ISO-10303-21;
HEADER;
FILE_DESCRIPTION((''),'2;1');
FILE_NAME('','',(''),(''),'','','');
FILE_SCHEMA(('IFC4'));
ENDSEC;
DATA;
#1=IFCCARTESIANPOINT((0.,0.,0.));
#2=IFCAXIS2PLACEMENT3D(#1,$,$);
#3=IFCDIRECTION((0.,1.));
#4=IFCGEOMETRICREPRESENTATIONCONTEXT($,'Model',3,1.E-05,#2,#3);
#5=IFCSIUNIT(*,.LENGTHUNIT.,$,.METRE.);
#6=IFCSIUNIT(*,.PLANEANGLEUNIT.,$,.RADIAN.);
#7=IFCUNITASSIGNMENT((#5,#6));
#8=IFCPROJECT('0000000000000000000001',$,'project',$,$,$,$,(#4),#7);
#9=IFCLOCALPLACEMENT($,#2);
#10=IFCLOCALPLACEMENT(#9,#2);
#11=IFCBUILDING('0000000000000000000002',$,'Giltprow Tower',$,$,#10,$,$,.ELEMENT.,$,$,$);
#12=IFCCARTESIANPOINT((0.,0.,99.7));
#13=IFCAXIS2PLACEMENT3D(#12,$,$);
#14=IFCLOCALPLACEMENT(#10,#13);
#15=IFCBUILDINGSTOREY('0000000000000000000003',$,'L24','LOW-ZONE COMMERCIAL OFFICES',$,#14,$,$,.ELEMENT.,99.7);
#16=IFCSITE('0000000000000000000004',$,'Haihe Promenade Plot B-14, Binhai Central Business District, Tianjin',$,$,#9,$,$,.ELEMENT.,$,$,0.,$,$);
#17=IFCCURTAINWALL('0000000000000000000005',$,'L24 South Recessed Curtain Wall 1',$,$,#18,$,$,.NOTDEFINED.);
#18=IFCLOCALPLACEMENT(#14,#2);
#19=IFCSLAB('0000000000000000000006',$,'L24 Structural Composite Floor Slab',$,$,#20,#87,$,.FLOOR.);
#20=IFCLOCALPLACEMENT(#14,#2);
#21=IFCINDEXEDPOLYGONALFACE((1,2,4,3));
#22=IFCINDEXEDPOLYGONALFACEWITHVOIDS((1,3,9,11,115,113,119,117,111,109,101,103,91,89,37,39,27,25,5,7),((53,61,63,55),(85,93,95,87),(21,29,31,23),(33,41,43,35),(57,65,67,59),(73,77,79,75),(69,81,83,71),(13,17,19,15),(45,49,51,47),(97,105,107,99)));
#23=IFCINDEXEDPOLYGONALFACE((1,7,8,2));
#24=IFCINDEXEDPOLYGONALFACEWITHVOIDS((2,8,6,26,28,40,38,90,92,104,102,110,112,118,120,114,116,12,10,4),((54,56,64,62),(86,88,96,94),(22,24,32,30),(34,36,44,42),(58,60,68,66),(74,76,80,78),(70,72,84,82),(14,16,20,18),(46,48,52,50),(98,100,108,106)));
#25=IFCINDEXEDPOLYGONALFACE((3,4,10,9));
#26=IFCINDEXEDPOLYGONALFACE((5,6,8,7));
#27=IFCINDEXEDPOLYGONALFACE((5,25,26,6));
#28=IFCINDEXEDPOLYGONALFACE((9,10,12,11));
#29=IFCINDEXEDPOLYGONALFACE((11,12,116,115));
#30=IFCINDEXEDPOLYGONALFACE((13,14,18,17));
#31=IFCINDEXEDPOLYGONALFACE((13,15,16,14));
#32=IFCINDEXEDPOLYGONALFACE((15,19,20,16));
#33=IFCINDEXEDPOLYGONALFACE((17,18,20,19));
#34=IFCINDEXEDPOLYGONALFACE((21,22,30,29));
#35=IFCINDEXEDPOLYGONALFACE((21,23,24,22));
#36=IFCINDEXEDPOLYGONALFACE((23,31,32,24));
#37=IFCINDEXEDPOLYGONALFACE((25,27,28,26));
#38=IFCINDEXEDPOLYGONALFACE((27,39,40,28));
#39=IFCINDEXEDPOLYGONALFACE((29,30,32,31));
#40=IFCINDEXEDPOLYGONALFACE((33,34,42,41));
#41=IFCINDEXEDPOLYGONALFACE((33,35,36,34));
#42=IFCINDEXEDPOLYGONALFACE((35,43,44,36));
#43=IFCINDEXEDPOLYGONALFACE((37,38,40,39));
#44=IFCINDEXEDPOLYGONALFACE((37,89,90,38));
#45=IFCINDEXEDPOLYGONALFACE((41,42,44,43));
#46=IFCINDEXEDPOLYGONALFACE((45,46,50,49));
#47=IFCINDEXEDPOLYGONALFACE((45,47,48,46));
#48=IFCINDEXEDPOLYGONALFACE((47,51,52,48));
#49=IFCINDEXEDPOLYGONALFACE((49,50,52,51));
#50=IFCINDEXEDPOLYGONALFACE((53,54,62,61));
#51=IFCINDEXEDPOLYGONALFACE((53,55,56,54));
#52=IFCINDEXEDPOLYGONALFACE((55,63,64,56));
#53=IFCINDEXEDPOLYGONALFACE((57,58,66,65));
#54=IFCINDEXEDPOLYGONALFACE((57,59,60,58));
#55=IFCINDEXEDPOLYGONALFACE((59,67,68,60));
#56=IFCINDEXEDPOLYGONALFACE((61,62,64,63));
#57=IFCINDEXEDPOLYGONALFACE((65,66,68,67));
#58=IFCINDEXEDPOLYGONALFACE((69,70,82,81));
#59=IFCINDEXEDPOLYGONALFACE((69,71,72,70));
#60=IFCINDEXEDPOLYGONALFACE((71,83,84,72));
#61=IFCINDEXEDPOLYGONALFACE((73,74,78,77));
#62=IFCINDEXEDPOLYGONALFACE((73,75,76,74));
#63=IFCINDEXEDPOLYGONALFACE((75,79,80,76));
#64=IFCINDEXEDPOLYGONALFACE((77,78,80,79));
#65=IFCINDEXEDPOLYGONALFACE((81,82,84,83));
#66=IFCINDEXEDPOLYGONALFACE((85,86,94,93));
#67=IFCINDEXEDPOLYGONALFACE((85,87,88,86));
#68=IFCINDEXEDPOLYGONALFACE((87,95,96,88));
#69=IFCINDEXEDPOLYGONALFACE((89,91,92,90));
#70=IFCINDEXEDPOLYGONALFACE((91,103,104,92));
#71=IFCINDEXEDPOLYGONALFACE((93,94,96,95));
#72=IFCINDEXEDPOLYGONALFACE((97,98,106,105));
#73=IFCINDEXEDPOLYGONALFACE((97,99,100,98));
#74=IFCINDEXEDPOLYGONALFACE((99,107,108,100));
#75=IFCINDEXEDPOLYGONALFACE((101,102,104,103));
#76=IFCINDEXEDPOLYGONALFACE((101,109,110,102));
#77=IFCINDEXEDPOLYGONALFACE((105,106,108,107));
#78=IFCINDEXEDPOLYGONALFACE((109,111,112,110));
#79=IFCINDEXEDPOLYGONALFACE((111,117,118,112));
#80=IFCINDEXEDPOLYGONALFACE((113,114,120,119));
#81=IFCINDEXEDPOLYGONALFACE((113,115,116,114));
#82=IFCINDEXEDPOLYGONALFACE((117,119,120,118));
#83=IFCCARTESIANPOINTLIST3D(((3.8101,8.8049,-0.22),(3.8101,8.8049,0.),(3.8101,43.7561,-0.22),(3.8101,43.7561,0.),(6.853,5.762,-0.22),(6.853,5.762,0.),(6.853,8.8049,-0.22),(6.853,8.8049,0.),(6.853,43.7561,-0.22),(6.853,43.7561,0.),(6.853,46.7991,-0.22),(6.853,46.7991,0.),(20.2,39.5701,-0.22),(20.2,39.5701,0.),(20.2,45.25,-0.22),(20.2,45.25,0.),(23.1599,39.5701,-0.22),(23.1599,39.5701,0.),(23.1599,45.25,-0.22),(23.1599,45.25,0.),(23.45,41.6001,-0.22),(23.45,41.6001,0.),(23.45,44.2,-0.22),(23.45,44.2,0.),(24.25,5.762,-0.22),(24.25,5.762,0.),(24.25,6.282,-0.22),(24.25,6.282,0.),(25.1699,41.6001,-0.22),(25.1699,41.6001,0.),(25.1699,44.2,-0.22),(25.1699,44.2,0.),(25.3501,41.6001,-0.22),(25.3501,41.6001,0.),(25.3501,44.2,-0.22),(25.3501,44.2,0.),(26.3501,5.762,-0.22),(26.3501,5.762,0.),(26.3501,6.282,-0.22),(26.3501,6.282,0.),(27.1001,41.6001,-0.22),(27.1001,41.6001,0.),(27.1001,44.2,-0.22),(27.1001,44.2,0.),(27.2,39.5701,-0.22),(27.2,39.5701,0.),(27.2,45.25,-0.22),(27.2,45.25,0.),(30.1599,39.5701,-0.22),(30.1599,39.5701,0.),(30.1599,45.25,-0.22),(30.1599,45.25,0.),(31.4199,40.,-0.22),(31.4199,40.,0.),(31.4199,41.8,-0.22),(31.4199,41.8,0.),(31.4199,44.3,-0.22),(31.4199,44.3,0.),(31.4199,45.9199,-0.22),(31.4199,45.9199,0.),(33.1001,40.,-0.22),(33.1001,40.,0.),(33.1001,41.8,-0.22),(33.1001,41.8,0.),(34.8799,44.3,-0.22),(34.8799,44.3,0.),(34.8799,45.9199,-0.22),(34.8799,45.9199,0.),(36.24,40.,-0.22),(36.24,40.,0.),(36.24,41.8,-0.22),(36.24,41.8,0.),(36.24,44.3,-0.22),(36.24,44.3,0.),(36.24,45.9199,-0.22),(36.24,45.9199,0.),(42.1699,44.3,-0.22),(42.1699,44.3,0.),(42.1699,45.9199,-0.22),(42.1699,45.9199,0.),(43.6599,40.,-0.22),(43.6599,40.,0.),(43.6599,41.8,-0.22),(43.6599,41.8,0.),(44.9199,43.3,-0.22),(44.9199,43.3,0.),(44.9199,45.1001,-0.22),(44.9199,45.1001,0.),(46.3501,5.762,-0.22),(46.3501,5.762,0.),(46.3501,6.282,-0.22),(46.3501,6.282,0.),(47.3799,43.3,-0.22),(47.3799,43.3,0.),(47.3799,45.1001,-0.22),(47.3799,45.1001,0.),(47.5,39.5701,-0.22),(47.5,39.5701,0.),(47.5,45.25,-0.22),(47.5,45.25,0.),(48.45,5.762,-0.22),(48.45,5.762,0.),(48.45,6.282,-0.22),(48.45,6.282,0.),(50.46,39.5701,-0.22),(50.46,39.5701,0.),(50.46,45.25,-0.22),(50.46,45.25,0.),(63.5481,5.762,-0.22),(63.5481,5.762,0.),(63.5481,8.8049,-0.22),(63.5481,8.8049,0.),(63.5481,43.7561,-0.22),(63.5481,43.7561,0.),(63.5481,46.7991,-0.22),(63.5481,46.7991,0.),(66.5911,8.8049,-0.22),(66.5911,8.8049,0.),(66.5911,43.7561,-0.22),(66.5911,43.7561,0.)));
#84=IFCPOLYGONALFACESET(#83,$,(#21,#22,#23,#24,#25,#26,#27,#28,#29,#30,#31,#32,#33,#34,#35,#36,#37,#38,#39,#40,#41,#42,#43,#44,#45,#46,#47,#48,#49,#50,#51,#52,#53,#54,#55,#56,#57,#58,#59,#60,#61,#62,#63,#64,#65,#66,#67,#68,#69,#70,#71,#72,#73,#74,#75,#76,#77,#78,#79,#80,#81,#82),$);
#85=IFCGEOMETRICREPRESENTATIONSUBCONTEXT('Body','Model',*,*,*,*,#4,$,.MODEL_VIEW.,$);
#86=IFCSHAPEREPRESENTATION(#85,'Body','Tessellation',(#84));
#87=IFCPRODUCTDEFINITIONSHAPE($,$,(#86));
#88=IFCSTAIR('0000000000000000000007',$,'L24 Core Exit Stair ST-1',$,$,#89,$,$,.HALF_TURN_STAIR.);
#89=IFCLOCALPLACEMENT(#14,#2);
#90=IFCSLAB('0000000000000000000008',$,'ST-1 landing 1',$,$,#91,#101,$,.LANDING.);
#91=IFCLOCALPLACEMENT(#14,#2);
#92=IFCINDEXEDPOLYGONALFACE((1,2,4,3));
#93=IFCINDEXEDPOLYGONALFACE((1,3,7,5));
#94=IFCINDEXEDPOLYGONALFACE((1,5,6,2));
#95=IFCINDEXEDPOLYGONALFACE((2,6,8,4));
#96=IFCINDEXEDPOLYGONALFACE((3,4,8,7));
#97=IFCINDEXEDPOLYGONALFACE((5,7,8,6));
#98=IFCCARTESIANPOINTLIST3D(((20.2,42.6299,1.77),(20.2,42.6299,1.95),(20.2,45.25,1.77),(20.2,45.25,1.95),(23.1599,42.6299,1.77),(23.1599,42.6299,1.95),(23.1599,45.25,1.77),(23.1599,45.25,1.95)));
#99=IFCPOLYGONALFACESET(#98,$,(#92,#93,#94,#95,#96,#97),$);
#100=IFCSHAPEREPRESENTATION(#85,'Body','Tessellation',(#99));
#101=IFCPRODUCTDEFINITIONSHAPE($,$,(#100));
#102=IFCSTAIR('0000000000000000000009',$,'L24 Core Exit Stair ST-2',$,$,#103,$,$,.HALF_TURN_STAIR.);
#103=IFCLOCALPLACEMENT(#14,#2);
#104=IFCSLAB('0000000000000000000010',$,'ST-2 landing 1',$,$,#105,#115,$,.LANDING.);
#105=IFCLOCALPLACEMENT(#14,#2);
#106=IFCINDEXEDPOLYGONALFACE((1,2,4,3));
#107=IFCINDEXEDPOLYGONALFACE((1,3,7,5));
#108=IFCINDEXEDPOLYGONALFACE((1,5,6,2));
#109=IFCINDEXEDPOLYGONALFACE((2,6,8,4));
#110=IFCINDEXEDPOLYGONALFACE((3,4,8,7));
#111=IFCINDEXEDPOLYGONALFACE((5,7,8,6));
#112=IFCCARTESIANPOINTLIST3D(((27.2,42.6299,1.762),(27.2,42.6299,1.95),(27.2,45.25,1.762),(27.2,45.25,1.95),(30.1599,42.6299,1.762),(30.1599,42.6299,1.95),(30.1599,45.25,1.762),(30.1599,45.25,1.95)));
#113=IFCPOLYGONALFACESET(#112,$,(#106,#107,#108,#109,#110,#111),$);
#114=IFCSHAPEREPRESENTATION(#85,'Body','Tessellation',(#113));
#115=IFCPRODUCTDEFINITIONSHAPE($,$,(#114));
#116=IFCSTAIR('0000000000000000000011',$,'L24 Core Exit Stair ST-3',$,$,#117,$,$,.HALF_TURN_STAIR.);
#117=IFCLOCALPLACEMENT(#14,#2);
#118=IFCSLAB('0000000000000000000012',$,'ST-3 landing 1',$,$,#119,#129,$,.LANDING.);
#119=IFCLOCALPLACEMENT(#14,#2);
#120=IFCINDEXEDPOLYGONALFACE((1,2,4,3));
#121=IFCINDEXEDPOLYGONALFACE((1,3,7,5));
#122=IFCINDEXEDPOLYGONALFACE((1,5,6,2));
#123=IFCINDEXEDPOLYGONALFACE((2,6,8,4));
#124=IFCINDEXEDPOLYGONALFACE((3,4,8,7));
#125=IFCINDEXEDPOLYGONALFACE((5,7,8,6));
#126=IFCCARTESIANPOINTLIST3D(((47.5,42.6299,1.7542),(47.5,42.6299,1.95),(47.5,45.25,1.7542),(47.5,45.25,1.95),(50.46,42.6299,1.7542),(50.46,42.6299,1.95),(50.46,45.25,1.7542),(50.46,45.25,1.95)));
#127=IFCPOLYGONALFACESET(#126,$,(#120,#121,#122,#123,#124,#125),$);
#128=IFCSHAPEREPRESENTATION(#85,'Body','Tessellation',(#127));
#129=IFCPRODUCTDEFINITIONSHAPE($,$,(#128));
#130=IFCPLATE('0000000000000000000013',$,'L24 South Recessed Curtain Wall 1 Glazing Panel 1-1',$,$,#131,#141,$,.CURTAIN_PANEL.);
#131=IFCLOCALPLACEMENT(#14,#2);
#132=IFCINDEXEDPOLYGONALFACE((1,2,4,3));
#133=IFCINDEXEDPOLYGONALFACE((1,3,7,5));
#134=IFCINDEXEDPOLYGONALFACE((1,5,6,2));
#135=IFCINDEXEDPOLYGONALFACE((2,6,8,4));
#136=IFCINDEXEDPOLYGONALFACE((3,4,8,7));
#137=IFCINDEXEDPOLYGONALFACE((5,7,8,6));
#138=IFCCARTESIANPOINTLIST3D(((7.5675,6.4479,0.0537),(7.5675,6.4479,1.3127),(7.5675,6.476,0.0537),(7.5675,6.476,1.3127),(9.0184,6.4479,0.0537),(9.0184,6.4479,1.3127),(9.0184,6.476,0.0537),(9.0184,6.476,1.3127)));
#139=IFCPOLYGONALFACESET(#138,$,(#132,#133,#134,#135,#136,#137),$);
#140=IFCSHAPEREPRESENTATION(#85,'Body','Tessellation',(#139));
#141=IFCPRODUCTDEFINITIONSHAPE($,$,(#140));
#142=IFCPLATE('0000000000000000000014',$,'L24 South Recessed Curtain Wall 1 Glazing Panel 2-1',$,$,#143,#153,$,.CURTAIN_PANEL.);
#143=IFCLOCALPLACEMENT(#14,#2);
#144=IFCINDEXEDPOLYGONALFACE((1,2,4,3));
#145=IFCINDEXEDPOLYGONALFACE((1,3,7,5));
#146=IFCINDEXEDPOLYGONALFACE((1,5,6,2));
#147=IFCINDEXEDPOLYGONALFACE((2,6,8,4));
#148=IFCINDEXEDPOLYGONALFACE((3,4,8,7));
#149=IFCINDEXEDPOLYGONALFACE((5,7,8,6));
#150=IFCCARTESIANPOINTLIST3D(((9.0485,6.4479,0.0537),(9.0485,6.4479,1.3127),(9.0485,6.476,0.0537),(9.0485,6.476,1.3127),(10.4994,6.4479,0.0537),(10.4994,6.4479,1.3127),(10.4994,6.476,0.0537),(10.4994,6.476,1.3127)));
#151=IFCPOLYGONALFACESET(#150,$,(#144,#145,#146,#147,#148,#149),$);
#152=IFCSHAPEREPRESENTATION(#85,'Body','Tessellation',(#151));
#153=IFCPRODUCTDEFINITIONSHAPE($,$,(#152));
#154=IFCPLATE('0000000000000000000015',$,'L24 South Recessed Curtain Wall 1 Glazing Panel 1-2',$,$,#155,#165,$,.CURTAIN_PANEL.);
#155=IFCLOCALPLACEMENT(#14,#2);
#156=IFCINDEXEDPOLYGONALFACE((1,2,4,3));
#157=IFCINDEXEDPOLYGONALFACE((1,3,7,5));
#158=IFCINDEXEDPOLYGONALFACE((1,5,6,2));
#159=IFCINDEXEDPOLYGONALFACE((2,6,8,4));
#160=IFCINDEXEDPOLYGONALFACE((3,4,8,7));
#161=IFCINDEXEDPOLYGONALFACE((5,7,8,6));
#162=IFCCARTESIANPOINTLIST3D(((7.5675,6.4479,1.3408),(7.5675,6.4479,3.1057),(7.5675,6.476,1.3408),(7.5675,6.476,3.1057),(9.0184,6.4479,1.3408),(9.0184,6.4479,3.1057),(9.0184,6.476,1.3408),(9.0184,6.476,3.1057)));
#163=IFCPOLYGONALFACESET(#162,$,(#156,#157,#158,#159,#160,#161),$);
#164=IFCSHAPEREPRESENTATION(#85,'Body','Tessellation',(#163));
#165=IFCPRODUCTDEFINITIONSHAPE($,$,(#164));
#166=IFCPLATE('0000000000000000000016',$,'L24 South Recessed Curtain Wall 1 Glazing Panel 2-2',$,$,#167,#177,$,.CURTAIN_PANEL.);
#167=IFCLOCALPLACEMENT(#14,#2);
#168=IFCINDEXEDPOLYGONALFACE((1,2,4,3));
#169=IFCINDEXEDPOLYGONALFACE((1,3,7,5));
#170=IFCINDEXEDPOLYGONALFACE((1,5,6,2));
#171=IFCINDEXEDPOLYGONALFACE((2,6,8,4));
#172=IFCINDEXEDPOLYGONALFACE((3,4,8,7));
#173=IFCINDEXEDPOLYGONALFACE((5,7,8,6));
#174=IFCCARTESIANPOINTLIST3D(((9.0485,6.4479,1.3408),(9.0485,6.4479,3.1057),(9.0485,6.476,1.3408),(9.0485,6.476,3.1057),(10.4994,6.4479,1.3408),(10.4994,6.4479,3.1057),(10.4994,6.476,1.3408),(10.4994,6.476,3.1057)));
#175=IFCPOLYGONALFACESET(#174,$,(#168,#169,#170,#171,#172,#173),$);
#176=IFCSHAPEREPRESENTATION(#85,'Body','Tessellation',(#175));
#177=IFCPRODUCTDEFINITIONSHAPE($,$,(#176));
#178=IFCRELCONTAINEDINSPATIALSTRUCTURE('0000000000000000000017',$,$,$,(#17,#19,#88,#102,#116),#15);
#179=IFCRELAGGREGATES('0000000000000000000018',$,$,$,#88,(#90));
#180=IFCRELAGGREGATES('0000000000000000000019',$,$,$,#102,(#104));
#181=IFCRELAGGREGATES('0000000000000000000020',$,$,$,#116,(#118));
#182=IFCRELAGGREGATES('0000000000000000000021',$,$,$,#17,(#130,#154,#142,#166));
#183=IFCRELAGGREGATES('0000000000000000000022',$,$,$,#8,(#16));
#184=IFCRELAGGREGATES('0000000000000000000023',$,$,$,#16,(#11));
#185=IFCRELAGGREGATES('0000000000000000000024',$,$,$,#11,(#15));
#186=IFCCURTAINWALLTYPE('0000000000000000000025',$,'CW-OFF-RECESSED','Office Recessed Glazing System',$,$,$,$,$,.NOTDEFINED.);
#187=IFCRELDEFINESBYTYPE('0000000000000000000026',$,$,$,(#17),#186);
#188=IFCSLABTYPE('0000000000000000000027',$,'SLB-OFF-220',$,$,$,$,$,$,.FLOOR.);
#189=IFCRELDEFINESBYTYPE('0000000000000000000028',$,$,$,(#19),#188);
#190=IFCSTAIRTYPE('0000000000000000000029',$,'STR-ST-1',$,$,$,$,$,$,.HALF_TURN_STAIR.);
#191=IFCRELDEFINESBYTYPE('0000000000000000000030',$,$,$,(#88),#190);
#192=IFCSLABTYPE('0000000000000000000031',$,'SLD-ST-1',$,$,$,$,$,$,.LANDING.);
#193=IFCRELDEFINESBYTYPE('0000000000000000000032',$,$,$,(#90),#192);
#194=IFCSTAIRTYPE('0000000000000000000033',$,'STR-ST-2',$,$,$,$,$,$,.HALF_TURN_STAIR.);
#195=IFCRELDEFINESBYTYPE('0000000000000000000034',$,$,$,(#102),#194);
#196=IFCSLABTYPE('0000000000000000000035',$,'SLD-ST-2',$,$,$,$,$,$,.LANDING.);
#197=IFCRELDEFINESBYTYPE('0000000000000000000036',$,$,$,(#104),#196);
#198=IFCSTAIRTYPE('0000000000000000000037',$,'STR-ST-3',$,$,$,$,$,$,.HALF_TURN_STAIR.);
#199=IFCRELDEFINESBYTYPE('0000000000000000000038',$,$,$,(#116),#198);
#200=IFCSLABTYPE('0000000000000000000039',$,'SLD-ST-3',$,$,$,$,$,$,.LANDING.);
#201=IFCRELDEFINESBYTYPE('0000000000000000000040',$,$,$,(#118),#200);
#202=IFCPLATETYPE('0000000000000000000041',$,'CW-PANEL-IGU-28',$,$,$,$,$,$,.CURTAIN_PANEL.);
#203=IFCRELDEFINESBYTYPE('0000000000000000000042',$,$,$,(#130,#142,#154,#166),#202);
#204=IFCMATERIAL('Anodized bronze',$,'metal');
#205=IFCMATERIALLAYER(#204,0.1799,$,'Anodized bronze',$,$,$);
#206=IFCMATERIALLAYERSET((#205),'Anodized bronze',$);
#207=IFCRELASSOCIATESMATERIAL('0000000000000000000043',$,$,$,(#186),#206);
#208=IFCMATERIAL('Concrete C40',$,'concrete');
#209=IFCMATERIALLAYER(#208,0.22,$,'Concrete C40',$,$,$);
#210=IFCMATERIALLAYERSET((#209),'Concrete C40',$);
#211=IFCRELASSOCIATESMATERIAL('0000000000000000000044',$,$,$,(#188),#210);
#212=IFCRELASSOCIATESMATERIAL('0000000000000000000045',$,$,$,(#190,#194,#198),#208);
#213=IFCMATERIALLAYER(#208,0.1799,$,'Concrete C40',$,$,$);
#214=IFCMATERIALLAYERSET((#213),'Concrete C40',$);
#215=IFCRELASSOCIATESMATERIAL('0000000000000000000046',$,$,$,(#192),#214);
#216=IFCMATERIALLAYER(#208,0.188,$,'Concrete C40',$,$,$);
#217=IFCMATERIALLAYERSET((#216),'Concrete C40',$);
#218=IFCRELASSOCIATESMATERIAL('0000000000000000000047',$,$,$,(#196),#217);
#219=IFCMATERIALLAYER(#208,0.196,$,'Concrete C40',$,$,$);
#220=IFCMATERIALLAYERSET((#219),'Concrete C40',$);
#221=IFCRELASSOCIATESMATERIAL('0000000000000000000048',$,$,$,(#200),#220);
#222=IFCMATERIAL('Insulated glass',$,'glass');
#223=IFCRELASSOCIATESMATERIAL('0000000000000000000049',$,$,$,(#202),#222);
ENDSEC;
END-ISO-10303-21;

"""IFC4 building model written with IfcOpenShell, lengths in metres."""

from ifc_helpers import new_model, si_unit, direction, frame, origin, origin_2d, place, context, subcontext, project, spatial, polyline, rectangle, outline, extrude, source, transform, mapped, material, layer, layer_set, type_object, element, aggregate, save


model = new_model("IFC4")

# Units and contexts
model_context = context("Model", 3, precision=1e-05, world=origin(), true_north=direction((0.0, 1.0)))
body_context = subcontext(model_context, "Body", "Model", "MODEL_VIEW")
ifc_project = project(units=[si_unit("LENGTHUNIT", "METRE"), si_unit("PLANEANGLEUNIT", "RADIAN")], contexts=[model_context])

# Site, building, storey
site_placement = place(None, origin())
site = spatial("IfcSite", under=ifc_project, at=site_placement, Name="Haihe Promenade Plot B-14, Binhai Central Business District, Tianjin", CompositionType="ELEMENT", RefElevation=0.0)
building_placement = place(site_placement, origin())
building = spatial("IfcBuilding", under=site, at=building_placement, Name="Giltprow Tower", CompositionType="ELEMENT")
storey_placement = place(building_placement, frame((0.0, 0.0, 99.7)))
storey = spatial("IfcBuildingStorey", under=building, at=storey_placement, Name="L24", Description="LOW-ZONE COMMERCIAL OFFICES", CompositionType="ELEMENT", Elevation=99.7)

# Curtain wall
ifc_material_1 = material(Name="Anodized bronze", Category="metal")
ifc_layer_1 = layer(ifc_material_1, 0.1799, Name="Anodized bronze")
ifc_layer_set_1 = layer_set([ifc_layer_1], Name="Anodized bronze")
curtain_wall_type = type_object("IfcCurtainWallType", Name="CW-OFF-RECESSED", Description="Office Recessed Glazing System", PredefinedType="NOTDEFINED", material=ifc_layer_set_1)
curtain_wall_placement = place(storey_placement, origin())
curtain_wall = element("IfcCurtainWall", 1, at=curtain_wall_placement, inside=storey, type_object=curtain_wall_type, Name="L24 South Recessed Curtain Wall 1", PredefinedType="NOTDEFINED")

# Slab
ifc_material_2 = material(Name="Concrete C40", Category="concrete")
ifc_layer_2 = layer(ifc_material_2, 0.22, Name="Concrete C40")
ifc_layer_set_2 = layer_set([ifc_layer_2], Name="Concrete C40")
slab_type_1 = type_object("IfcSlabType", Name="SLB-OFF-220", PredefinedType="FLOOR", material=ifc_layer_set_2)
slab_1_placement = place(storey_placement, frame((0.0, 0.0, -0.22)))
element("IfcSlab", 2, at=slab_1_placement, inside=storey, type_object=slab_type_1, Name="L24 Structural Composite Floor Slab", PredefinedType="FLOOR", context=body_context, shape_type="SweptSolid", body=[
    extrude(outline(polyline([(6.853, 5.762), (6.853, 8.8049), (3.8101, 8.8049), (3.8101, 43.7561), (6.853, 43.7561), (6.853, 46.7991), (63.5481, 46.7991), (63.5481, 43.7561), (66.5911, 43.7561), (66.5911, 8.8049), (63.5481, 8.8049), (63.5481, 5.762), (48.45, 5.762), (48.45, 6.282), (46.3501, 6.282), (46.3501, 5.762), (26.3501, 5.762), (26.3501, 6.282), (24.25, 6.282), (24.25, 5.762), (6.853, 5.762)]), holes=[polyline([(33.1001, 41.8), (31.4199, 41.8), (31.4199, 40.0), (33.1001, 40.0), (33.1001, 41.8)]), polyline([(23.1599, 39.5701), (23.1599, 45.25), (20.2, 45.25), (20.2, 39.5701), (23.1599, 39.5701)]), polyline([(30.1599, 45.25), (27.2, 45.25), (27.2, 39.5701), (30.1599, 39.5701), (30.1599, 45.25)]), polyline([(25.1699, 41.6001), (25.1699, 44.2), (23.45, 44.2), (23.45, 41.6001), (25.1699, 41.6001)]), polyline([(27.1001, 41.6001), (27.1001, 44.2), (25.3501, 44.2), (25.3501, 41.6001), (27.1001, 41.6001)]), polyline([(43.6599, 40.0), (43.6599, 41.8), (36.24, 41.8), (36.24, 40.0), (43.6599, 40.0)]), polyline([(50.46, 39.5701), (50.46, 45.25), (47.5, 45.25), (47.5, 39.5701), (50.46, 39.5701)]), polyline([(47.3799, 45.1001), (44.9199, 45.1001), (44.9199, 43.3), (47.3799, 43.3), (47.3799, 45.1001)]), polyline([(34.8799, 44.3), (34.8799, 45.9199), (31.4199, 45.9199), (31.4199, 44.3), (34.8799, 44.3)]), polyline([(42.1699, 44.3), (42.1699, 45.9199), (36.24, 45.9199), (36.24, 44.3), (42.1699, 44.3)])]), origin(), (0.0, 0.0, 1.0), 0.22),
])

# Stairs, slabs
stair_type_1 = type_object("IfcStairType", Name="STR-ST-1", PredefinedType="HALF_TURN_STAIR", material=ifc_material_2)
stair_1_placement = place(storey_placement, origin())
stair_1 = element("IfcStair", 3, at=stair_1_placement, inside=storey, type_object=stair_type_1, Name="L24 Core Exit Stair ST-1", PredefinedType="HALF_TURN_STAIR")
ifc_layer_3 = layer(ifc_material_2, 0.1799, Name="Concrete C40")
ifc_layer_set_3 = layer_set([ifc_layer_3], Name="Concrete C40")
slab_type_2 = type_object("IfcSlabType", Name="SLD-ST-1", PredefinedType="LANDING", material=ifc_layer_set_3)
slab_2_placement = place(storey_placement, frame((0.0, 0.0, 1.77)))
slab_2 = element("IfcSlab", 4, at=slab_2_placement, type_object=slab_type_2, Name="ST-1 landing 1", PredefinedType="LANDING", context=body_context, shape_type="SweptSolid", body=[
    extrude(outline(polyline([(23.1599, 42.6299), (23.1599, 45.25), (20.2, 45.25), (20.2, 42.6299), (23.1599, 42.6299)])), origin(), (0.0, 0.0, 1.0), 0.1799),
])
aggregate(stair_1, [slab_2])
stair_type_2 = type_object("IfcStairType", Name="STR-ST-2", PredefinedType="HALF_TURN_STAIR", material=ifc_material_2)
stair_2_placement = place(storey_placement, origin())
stair_2 = element("IfcStair", 5, at=stair_2_placement, inside=storey, type_object=stair_type_2, Name="L24 Core Exit Stair ST-2", PredefinedType="HALF_TURN_STAIR")
ifc_layer_4 = layer(ifc_material_2, 0.188, Name="Concrete C40")
ifc_layer_set_4 = layer_set([ifc_layer_4], Name="Concrete C40")
slab_type_3 = type_object("IfcSlabType", Name="SLD-ST-2", PredefinedType="LANDING", material=ifc_layer_set_4)
slab_3_placement = place(storey_placement, frame((0.0, 0.0, 1.762)))
slab_3 = element("IfcSlab", 6, at=slab_3_placement, type_object=slab_type_3, Name="ST-2 landing 1", PredefinedType="LANDING", context=body_context, shape_type="SweptSolid", body=[
    extrude(outline(polyline([(30.1599, 42.6299), (30.1599, 45.25), (27.2, 45.25), (27.2, 42.6299), (30.1599, 42.6299)])), origin(), (0.0, 0.0, 1.0), 0.188),
])
aggregate(stair_2, [slab_3])
stair_type_3 = type_object("IfcStairType", Name="STR-ST-3", PredefinedType="HALF_TURN_STAIR", material=ifc_material_2)
stair_3_placement = place(storey_placement, origin())
stair_3 = element("IfcStair", 7, at=stair_3_placement, inside=storey, type_object=stair_type_3, Name="L24 Core Exit Stair ST-3", PredefinedType="HALF_TURN_STAIR")
ifc_layer_5 = layer(ifc_material_2, 0.196, Name="Concrete C40")
ifc_layer_set_5 = layer_set([ifc_layer_5], Name="Concrete C40")
slab_type_4 = type_object("IfcSlabType", Name="SLD-ST-3", PredefinedType="LANDING", material=ifc_layer_set_5)
slab_4_placement = place(storey_placement, frame((0.0, 0.0, 1.7542)))
slab_4 = element("IfcSlab", 8, at=slab_4_placement, type_object=slab_type_4, Name="ST-3 landing 1", PredefinedType="LANDING", context=body_context, shape_type="SweptSolid", body=[
    extrude(outline(polyline([(50.46, 42.6299), (50.46, 45.25), (47.5, 45.25), (47.5, 42.6299), (50.46, 42.6299)])), origin(), (0.0, 0.0, 1.0), 0.1958),
])
aggregate(stair_3, [slab_4])

# Plates
ifc_material_3 = material(Name="Insulated glass", Category="glass")
plate_type = type_object("IfcPlateType", Name="CW-PANEL-IGU-28", PredefinedType="CURTAIN_PANEL", material=ifc_material_3)
shared_shape_1 = source(origin(), body_context, "Body", "SweptSolid", [
    extrude(rectangle(XDim=1.4509, YDim=0.0281, at=origin_2d()), origin(), (0.0, 0.0, 1.0), 1.259),
])
plate_1_placement = place(storey_placement, frame((8.293, 6.4619, 0.0537), z_axis=(0.0, 0.0, 1.0), x_axis=(1.0, 0.0, 0.0)))
plate_1 = element("IfcPlate", 9, at=plate_1_placement, type_object=plate_type, Name="L24 South Recessed Curtain Wall 1 Glazing Panel 1-1", PredefinedType="CURTAIN_PANEL", context=body_context, shape_type="MappedRepresentation", body=[
    mapped(shared_shape_1, transform((0.0, 0.0, 0.0), x_axis=(1.0, 0.0, 0.0), y_axis=(0.0, 1.0, 0.0), z_axis=(0.0, 0.0, 1.0), scale=1.0)),
])
plate_2_placement = place(storey_placement, frame((9.7739, 6.4619, 0.0537), z_axis=(0.0, 0.0, 1.0), x_axis=(1.0, 0.0, 0.0)))
plate_2 = element("IfcPlate", 10, at=plate_2_placement, type_object=plate_type, Name="L24 South Recessed Curtain Wall 1 Glazing Panel 2-1", PredefinedType="CURTAIN_PANEL", context=body_context, shape_type="MappedRepresentation", body=[
    mapped(shared_shape_1, transform((0.0, 0.0, 0.0), x_axis=(1.0, 0.0, 0.0), y_axis=(0.0, 1.0, 0.0), z_axis=(0.0, 0.0, 1.0), scale=1.0)),
])
shared_shape_2 = source(origin(), body_context, "Body", "SweptSolid", [
    extrude(rectangle(XDim=1.4509, YDim=0.0281, at=origin_2d()), origin(), (0.0, 0.0, 1.0), 1.7649),
])
plate_3_placement = place(storey_placement, frame((8.293, 6.4619, 1.3408), z_axis=(0.0, 0.0, 1.0), x_axis=(1.0, 0.0, 0.0)))
plate_3 = element("IfcPlate", 11, at=plate_3_placement, type_object=plate_type, Name="L24 South Recessed Curtain Wall 1 Glazing Panel 1-2", PredefinedType="CURTAIN_PANEL", context=body_context, shape_type="MappedRepresentation", body=[
    mapped(shared_shape_2, transform((0.0, 0.0, 0.0), x_axis=(1.0, 0.0, 0.0), y_axis=(0.0, 1.0, 0.0), z_axis=(0.0, 0.0, 1.0), scale=1.0)),
])
plate_4_placement = place(storey_placement, frame((9.7739, 6.4619, 1.3408), z_axis=(0.0, 0.0, 1.0), x_axis=(1.0, 0.0, 0.0)))
plate_4 = element("IfcPlate", 12, at=plate_4_placement, type_object=plate_type, Name="L24 South Recessed Curtain Wall 1 Glazing Panel 2-2", PredefinedType="CURTAIN_PANEL", context=body_context, shape_type="MappedRepresentation", body=[
    mapped(shared_shape_2, transform((0.0, 0.0, 0.0), x_axis=(1.0, 0.0, 0.0), y_axis=(0.0, 1.0, 0.0), z_axis=(0.0, 0.0, 1.0), scale=1.0)),
])
aggregate(curtain_wall, [plate_1, plate_3, plate_2, plate_4])

save(model, "model.ifc")
